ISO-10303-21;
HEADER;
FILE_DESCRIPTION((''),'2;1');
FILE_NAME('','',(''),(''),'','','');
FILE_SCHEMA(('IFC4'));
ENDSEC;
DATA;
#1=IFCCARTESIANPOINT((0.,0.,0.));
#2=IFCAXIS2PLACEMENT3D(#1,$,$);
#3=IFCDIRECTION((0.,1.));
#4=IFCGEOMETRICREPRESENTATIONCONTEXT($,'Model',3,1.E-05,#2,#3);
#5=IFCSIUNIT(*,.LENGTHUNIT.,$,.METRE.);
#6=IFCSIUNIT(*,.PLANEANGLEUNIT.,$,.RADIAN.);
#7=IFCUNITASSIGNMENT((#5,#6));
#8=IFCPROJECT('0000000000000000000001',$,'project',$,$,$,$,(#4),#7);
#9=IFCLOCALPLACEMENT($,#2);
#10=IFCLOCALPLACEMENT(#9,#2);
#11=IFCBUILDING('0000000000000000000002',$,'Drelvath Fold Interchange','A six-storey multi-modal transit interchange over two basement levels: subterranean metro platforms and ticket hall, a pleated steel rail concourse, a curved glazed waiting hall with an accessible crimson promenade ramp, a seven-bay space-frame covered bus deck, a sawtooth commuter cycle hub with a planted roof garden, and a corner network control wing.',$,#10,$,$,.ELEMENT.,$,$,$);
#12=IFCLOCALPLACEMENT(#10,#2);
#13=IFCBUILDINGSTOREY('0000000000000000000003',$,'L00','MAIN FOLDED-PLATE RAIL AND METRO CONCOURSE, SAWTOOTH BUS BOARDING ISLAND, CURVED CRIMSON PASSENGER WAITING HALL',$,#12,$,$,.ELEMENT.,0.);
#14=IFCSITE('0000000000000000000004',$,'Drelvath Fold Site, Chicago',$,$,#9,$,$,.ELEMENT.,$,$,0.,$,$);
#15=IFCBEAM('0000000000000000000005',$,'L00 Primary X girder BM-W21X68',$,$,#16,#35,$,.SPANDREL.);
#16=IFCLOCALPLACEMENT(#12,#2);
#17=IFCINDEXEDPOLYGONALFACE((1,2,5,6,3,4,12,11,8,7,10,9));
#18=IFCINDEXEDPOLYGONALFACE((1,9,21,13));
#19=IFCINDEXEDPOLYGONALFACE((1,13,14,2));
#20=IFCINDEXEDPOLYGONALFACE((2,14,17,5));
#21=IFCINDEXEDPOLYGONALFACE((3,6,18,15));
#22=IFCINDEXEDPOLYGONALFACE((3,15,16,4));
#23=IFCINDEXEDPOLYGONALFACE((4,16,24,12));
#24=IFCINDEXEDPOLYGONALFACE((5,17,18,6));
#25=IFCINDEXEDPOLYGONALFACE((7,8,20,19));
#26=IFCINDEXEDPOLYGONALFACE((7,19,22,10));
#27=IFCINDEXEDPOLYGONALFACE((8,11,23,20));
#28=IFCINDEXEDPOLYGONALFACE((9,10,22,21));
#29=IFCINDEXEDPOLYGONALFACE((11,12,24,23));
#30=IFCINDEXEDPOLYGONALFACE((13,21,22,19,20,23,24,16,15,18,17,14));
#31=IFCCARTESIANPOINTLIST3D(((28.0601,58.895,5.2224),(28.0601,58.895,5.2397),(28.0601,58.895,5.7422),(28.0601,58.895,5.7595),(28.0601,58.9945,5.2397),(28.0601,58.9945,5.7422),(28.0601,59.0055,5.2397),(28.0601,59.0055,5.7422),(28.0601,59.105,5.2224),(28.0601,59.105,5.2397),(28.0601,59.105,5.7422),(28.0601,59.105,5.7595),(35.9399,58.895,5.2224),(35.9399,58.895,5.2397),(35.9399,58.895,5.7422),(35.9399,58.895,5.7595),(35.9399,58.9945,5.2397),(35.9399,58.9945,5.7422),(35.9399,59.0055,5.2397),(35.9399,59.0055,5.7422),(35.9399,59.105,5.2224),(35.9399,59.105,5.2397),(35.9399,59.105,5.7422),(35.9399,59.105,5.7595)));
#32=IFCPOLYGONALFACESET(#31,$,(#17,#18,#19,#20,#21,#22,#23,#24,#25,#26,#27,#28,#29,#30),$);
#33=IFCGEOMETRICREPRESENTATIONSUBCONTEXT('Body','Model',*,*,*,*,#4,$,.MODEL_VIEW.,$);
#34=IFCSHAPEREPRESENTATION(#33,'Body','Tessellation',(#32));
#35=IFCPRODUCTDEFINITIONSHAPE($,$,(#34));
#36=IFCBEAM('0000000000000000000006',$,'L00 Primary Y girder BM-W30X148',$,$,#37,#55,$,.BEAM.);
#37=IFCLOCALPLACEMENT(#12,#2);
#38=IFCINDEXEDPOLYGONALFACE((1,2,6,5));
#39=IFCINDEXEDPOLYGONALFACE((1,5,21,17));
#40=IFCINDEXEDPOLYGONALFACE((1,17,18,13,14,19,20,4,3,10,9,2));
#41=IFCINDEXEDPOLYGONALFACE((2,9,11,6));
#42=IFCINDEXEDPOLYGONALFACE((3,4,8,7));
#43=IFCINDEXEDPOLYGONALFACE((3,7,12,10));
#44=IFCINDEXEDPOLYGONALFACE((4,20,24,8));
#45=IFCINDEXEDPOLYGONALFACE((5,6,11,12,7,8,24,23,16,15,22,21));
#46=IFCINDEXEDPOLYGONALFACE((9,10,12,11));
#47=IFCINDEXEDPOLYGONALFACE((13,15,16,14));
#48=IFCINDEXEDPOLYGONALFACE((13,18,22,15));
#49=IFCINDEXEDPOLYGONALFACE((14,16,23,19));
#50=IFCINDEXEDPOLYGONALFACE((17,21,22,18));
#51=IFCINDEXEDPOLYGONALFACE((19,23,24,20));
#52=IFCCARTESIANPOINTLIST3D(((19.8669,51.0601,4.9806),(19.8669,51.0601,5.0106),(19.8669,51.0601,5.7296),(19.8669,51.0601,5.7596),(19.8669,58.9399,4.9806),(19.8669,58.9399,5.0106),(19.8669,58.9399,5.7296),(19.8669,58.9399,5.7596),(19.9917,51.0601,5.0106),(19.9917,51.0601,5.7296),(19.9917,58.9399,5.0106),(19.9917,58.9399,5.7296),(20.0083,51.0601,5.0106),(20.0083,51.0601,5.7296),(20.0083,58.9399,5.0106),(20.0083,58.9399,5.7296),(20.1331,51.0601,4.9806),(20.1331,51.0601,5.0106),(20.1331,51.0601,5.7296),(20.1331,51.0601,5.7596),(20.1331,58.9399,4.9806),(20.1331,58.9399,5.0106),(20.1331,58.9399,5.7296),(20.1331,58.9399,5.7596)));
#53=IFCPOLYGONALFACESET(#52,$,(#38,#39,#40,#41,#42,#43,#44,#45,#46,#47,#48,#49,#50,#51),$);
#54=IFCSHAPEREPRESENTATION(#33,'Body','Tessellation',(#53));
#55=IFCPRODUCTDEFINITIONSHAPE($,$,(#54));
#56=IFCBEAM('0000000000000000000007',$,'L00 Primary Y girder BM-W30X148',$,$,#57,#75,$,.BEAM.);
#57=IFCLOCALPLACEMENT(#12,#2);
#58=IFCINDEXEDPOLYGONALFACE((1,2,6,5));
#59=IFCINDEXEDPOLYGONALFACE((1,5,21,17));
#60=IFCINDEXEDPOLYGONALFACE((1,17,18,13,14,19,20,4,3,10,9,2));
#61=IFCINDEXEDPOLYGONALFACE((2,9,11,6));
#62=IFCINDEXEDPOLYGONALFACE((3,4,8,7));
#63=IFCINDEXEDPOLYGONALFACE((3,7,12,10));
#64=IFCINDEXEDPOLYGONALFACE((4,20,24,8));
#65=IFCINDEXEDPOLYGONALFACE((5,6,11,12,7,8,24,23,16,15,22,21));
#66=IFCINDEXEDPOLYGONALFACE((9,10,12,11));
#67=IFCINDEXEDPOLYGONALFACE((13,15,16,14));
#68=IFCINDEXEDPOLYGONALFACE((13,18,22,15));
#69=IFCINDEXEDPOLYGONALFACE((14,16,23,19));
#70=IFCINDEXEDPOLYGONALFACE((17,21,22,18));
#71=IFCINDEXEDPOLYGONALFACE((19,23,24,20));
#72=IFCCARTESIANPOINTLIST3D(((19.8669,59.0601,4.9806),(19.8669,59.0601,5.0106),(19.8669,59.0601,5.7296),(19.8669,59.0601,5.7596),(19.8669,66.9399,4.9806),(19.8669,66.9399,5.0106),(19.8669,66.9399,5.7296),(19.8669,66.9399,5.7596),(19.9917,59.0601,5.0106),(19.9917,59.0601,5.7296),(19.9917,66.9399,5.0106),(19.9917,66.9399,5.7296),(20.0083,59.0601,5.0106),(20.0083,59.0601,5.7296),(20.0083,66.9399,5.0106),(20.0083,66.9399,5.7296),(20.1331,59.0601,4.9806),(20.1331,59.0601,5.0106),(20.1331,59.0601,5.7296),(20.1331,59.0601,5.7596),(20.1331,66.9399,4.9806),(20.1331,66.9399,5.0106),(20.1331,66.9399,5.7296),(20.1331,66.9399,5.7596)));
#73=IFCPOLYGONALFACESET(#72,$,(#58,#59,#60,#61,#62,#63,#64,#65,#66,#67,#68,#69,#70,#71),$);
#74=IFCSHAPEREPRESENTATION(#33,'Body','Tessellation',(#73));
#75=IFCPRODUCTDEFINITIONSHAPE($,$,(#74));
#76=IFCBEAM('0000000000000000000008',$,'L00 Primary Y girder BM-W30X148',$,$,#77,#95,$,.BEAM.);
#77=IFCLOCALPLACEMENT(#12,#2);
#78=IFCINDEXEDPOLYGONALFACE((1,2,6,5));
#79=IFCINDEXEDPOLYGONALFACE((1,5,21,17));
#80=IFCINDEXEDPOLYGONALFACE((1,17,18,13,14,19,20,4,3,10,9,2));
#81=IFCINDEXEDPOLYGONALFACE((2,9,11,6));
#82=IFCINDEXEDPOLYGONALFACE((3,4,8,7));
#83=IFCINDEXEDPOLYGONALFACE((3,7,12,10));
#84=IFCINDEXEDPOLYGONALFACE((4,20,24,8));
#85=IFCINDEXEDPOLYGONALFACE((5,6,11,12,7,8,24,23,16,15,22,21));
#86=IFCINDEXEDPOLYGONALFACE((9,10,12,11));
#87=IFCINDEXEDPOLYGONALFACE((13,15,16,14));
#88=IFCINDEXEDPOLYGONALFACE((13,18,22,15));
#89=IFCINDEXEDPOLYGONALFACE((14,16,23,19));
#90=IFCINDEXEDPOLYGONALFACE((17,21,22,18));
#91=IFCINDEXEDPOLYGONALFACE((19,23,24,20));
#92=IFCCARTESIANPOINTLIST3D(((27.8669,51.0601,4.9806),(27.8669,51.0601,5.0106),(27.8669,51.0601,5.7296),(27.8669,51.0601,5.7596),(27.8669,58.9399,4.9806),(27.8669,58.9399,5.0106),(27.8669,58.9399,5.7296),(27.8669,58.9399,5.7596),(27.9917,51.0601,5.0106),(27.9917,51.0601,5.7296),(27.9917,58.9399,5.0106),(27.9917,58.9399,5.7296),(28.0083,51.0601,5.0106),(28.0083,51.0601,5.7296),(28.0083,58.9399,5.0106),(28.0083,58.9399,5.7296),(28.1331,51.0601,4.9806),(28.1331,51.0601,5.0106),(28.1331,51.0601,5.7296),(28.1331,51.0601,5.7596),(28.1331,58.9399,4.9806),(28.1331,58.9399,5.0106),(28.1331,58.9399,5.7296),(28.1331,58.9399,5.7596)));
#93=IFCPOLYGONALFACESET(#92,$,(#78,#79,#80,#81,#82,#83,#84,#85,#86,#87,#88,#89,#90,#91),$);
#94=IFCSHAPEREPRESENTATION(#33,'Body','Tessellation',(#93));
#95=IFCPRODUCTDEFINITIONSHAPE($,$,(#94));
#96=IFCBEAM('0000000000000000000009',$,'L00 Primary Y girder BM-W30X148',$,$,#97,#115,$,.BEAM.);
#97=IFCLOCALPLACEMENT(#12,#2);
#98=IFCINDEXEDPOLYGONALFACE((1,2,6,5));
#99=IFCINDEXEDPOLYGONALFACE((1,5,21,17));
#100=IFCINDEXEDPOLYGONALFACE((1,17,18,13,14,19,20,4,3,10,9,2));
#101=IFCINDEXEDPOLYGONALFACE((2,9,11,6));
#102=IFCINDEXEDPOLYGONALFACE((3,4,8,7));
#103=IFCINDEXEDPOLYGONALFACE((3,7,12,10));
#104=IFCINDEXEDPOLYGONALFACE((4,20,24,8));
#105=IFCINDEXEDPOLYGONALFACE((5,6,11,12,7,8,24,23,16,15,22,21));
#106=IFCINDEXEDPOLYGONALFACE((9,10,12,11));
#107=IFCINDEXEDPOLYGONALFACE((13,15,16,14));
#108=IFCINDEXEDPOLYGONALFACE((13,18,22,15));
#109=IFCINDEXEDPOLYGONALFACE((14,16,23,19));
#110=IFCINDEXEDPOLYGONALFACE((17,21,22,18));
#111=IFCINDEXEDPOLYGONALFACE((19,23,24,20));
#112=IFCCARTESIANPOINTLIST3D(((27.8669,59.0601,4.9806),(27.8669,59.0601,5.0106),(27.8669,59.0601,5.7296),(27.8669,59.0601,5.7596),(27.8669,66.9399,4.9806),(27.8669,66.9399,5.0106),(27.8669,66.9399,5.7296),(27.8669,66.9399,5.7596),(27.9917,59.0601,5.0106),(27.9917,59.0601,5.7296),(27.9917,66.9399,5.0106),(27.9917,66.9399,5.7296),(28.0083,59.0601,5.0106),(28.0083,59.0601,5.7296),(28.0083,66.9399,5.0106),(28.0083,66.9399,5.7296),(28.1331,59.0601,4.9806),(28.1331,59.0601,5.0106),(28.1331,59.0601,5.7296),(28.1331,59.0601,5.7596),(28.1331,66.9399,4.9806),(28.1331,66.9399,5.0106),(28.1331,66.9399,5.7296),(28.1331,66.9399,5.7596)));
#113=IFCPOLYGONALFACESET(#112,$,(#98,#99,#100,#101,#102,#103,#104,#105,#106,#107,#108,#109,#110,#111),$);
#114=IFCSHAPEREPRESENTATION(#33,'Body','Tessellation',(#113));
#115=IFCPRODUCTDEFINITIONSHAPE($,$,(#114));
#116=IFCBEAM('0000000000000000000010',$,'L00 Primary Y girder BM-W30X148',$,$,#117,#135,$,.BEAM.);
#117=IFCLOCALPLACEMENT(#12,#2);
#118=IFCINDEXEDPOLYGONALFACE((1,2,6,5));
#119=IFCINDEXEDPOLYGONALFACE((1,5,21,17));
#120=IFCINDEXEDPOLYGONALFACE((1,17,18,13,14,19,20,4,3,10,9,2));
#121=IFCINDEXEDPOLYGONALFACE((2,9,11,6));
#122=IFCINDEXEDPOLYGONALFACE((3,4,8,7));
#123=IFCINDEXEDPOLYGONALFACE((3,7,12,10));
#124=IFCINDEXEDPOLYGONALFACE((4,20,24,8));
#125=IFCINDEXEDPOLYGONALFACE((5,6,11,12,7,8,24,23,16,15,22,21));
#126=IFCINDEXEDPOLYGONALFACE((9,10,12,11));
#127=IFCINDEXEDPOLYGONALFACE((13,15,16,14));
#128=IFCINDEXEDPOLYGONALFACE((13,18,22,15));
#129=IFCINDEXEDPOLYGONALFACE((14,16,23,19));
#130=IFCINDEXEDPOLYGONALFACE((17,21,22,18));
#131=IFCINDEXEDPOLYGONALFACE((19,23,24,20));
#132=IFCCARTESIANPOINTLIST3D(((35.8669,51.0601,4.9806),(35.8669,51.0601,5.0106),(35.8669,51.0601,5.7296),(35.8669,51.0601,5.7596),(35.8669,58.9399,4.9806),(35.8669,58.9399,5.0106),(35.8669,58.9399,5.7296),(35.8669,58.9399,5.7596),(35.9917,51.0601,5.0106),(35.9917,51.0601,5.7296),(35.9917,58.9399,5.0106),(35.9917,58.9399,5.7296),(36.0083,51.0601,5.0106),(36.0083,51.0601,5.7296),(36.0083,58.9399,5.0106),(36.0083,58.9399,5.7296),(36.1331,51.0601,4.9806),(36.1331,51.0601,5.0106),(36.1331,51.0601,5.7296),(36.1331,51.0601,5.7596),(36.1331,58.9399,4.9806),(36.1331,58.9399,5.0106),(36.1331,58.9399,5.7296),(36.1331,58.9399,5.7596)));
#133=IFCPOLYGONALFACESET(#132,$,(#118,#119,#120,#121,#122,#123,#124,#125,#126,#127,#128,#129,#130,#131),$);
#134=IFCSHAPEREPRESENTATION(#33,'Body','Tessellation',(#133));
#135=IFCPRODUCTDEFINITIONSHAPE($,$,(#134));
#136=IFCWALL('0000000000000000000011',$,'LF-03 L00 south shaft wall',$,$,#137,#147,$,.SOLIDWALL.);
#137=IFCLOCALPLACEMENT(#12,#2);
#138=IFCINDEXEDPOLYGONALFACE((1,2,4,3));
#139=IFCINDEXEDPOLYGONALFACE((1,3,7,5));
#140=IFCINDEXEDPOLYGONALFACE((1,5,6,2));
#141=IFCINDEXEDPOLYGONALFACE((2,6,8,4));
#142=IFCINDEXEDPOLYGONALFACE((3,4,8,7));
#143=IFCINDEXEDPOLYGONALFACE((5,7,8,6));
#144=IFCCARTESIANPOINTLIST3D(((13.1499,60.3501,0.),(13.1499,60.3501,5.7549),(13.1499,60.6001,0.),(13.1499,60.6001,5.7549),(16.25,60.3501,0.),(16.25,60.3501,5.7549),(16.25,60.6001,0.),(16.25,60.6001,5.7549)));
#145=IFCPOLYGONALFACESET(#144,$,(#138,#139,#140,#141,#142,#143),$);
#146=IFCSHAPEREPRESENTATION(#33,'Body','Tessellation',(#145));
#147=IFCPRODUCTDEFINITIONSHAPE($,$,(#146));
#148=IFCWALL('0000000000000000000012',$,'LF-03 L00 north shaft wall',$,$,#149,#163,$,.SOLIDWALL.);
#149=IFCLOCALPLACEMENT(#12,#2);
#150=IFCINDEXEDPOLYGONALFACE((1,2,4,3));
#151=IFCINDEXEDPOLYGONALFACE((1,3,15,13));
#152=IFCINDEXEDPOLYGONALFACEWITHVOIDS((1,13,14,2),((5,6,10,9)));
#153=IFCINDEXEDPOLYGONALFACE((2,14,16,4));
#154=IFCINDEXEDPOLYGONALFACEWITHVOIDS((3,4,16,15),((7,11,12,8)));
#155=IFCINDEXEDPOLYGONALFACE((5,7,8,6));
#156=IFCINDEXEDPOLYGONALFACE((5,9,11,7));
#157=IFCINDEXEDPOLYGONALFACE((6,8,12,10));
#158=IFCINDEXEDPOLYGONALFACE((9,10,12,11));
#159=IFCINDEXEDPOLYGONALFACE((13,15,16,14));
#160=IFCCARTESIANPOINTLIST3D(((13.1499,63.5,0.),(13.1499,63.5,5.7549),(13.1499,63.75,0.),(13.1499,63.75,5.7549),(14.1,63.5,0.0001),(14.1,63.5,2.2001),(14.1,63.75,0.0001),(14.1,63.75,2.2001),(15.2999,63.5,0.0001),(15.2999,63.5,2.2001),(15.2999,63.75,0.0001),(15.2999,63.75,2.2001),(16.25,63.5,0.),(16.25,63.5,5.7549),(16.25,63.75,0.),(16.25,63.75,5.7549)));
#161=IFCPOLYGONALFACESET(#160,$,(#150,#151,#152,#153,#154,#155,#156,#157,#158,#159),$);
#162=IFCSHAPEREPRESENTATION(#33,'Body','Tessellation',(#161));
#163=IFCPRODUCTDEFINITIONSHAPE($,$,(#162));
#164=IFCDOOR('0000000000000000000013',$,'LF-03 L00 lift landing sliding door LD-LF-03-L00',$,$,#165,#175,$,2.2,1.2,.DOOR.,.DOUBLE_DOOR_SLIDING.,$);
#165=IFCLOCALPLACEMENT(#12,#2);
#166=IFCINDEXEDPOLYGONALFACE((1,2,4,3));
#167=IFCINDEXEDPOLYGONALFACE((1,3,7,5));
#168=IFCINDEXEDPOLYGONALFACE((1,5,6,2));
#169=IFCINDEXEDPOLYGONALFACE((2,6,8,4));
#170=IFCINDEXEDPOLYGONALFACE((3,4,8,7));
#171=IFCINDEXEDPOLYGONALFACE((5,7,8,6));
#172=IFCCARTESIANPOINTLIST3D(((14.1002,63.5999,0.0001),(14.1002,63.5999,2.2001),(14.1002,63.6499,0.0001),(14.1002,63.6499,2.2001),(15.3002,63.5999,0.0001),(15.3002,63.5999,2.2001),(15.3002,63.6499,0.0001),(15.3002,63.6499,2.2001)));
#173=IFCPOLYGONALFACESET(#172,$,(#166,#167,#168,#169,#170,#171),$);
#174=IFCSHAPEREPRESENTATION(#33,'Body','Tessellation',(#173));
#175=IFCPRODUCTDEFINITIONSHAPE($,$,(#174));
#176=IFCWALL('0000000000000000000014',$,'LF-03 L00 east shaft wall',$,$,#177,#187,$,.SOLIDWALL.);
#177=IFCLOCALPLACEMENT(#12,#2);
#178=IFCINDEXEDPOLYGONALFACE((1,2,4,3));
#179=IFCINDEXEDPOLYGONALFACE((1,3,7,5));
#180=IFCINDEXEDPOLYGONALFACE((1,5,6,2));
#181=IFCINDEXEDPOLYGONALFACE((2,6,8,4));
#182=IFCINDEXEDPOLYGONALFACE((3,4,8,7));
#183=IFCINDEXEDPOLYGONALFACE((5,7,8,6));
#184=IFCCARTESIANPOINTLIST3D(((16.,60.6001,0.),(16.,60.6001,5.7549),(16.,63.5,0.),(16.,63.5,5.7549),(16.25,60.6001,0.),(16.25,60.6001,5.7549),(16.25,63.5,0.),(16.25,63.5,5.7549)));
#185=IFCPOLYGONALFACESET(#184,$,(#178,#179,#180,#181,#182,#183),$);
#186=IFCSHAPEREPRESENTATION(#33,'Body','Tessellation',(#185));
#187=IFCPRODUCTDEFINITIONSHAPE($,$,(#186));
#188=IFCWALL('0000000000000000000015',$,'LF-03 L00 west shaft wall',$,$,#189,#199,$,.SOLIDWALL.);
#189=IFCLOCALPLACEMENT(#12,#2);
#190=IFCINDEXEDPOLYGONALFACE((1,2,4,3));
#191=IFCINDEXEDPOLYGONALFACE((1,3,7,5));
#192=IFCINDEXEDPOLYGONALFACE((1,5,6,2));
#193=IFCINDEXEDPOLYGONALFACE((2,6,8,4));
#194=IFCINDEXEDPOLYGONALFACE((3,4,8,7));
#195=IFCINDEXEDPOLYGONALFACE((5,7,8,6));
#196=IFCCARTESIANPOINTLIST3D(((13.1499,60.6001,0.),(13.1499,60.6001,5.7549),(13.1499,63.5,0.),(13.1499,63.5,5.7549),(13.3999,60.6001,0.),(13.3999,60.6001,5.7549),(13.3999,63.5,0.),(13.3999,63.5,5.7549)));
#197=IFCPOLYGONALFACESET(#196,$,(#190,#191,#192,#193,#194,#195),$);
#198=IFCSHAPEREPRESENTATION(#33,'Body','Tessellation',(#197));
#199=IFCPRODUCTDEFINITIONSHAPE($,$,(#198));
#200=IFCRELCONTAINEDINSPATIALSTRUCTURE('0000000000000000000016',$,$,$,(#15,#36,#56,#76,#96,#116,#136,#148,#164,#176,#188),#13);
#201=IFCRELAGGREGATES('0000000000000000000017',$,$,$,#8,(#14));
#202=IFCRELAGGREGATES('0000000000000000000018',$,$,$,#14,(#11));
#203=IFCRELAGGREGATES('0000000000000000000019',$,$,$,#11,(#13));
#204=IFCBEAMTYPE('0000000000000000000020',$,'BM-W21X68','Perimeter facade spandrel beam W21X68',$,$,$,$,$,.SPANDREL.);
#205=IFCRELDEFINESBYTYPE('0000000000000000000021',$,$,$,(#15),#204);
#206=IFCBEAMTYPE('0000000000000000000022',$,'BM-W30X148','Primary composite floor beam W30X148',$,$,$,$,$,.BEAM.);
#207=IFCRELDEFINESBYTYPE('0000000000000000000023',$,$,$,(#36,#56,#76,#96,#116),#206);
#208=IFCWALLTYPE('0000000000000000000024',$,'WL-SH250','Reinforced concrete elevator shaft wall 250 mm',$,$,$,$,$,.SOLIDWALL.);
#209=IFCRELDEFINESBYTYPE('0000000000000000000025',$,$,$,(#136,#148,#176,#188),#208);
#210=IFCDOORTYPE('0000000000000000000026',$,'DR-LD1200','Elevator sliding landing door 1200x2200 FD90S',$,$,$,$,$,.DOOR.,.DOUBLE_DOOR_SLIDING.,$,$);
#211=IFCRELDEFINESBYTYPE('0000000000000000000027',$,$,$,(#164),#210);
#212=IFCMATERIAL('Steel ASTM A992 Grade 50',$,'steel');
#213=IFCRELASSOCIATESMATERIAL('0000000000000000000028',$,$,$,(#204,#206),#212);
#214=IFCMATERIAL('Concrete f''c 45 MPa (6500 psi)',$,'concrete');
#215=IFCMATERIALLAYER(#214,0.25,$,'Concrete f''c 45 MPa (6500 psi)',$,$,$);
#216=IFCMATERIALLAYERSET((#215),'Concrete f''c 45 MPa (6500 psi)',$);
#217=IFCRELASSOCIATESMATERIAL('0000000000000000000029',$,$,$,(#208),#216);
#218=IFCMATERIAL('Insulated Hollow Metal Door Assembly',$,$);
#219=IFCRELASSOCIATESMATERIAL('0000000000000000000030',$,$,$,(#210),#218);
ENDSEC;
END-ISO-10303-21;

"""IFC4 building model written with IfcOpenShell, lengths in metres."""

from ifc_helpers import new_model, si_unit, direction, frame, frame_2d, origin, origin_2d, place, context, subcontext, project, spatial, rectangle, i_section, extrude, material, layer, layer_set, material_profile, profile_set, type_object, element, fill, save


model = new_model("IFC4")

# Units and contexts
model_context = context("Model", 3, precision=1e-05, world=origin(), true_north=direction((0.0, 1.0)))
body_context = subcontext(model_context, "Body", "Model", "MODEL_VIEW")
ifc_project = project(units=[si_unit("LENGTHUNIT", "METRE"), si_unit("PLANEANGLEUNIT", "RADIAN")], contexts=[model_context])

# Site, building, storey
site_placement = place(None, origin())
site = spatial("IfcSite", under=ifc_project, at=site_placement, Name="Drelvath Fold Site, Chicago", CompositionType="ELEMENT", RefElevation=0.0)
building_placement = place(site_placement, origin())
building = spatial("IfcBuilding", under=site, at=building_placement, Name="Drelvath Fold Interchange", Description="A six-storey multi-modal transit interchange over two basement levels: subterranean metro platforms and ticket hall, a pleated steel rail concourse, a curved glazed waiting hall with an accessible crimson promenade ramp, a seven-bay space-frame covered bus deck, a sawtooth commuter cycle hub with a planted roof garden, and a corner network control wing.", CompositionType="ELEMENT")
storey_placement = place(building_placement, origin())
storey = spatial("IfcBuildingStorey", under=building, at=storey_placement, Name="L00", Description="MAIN FOLDED-PLATE RAIL AND METRO CONCOURSE, SAWTOOTH BUS BOARDING ISLAND, CURVED CRIMSON PASSENGER WAITING HALL", CompositionType="ELEMENT", Elevation=0.0)

# Shared definitions
ifc_material_1 = material(Name="Steel ASTM A992 Grade 50", Category="steel")

# Beams
ifc_material_profile_1 = material_profile(ifc_material_1, i_section(OverallWidth=0.21, OverallDepth=0.5371, WebThickness=0.011, FlangeThickness=0.0173, at=origin_2d()), Name="W21X68")
ifc_profile_set_1 = profile_set([ifc_material_profile_1], Name="Steel ASTM A992 Grade 50")
beam_type_1 = type_object("IfcBeamType", Name="BM-W21X68", Description="Perimeter facade spandrel beam W21X68", PredefinedType="SPANDREL", material=ifc_profile_set_1)
for number, where, z_axis, x_axis, name in (
    (1, (28.0601, 59.0, 5.491), (1.0, 0.0, 0.0), (0.0, 1.0, 0.0), "L00 Primary X girder BM-W21X68"),
):
    element("IfcBeam", number, at=place(storey_placement, frame(where, z_axis=z_axis, x_axis=x_axis)), inside=storey, type_object=beam_type_1, Name=name, PredefinedType="SPANDREL", context=body_context, shape_type="SweptSolid", body=[
        extrude(i_section(OverallWidth=0.21, OverallDepth=0.5371, WebThickness=0.011, FlangeThickness=0.0173, at=origin_2d()), origin(), (0.0, 0.0, 1.0), 7.8799),
    ])
ifc_material_profile_2 = material_profile(ifc_material_1, i_section(OverallWidth=0.2661, OverallDepth=0.7791, WebThickness=0.0166, FlangeThickness=0.03, at=origin_2d()), Name="W30X148")
ifc_profile_set_2 = profile_set([ifc_material_profile_2], Name="Steel ASTM A992 Grade 50")
beam_type_2 = type_object("IfcBeamType", Name="BM-W30X148", Description="Primary composite floor beam W30X148", PredefinedType="BEAM", material=ifc_profile_set_2)
for number, where, z_axis, x_axis, name in (
    (2, (20.0, 51.0601, 5.3701), (0.0, 1.0, 0.0), (-1.0, 0.0, 0.0), "L00 Primary Y girder BM-W30X148"),
    (3, (20.0, 59.0601, 5.3701), (0.0, 1.0, 0.0), (-1.0, 0.0, 0.0), "L00 Primary Y girder BM-W30X148"),
    (4, (28.0, 51.0601, 5.3701), (0.0, 1.0, 0.0), (-1.0, 0.0, 0.0), "L00 Primary Y girder BM-W30X148"),
    (5, (28.0, 59.0601, 5.3701), (0.0, 1.0, 0.0), (-1.0, 0.0, 0.0), "L00 Primary Y girder BM-W30X148"),
    (6, (36.0, 51.0601, 5.3701), (0.0, 1.0, 0.0), (-1.0, 0.0, 0.0), "L00 Primary Y girder BM-W30X148"),
):
    element("IfcBeam", number, at=place(storey_placement, frame(where, z_axis=z_axis, x_axis=x_axis)), inside=storey, type_object=beam_type_2, Name=name, PredefinedType="BEAM", context=body_context, shape_type="SweptSolid", body=[
        extrude(i_section(OverallWidth=0.2661, OverallDepth=0.7791, WebThickness=0.0166, FlangeThickness=0.03, at=origin_2d()), origin(), (0.0, 0.0, 1.0), 7.8799),
    ])

# Wall
ifc_material_2 = material(Name="Concrete f'c 45 MPa (6500 psi)", Category="concrete")
ifc_layer = layer(ifc_material_2, 0.25, Name="Concrete f'c 45 MPa (6500 psi)")
ifc_layer_set = layer_set([ifc_layer], Name="Concrete f'c 45 MPa (6500 psi)")
wall_type = type_object("IfcWallType", Name="WL-SH250", Description="Reinforced concrete elevator shaft wall 250 mm", PredefinedType="SOLIDWALL", material=ifc_layer_set)
wall_1_placement = place(storey_placement, frame((13.1499, 60.4751, 0.0), z_axis=(0.0, 0.0, 1.0), x_axis=(1.0, 0.0, 0.0)))
element("IfcWall", 7, at=wall_1_placement, inside=storey, type_object=wall_type, Name="LF-03 L00 south shaft wall", PredefinedType="SOLIDWALL", context=body_context, shape_type="SweptSolid", body=[
    extrude(rectangle(XDim=3.1001, YDim=0.25, at=frame_2d((1.55, 0.0))), origin(), (0.0, 0.0, 1.0), 5.7549),
])

# Wall, opening, door
wall_2_placement = place(storey_placement, frame((16.25, 63.625, 0.0), z_axis=(0.0, 0.0, 1.0), x_axis=(-1.0, 0.0, 0.0)))
wall_2 = element("IfcWall", 8, at=wall_2_placement, inside=storey, type_object=wall_type, Name="LF-03 L00 north shaft wall", PredefinedType="SOLIDWALL", context=body_context, shape_type="SweptSolid", body=[
    extrude(rectangle(XDim=3.1001, YDim=0.25, at=frame_2d((1.55, 0.0))), origin(), (0.0, 0.0, 1.0), 5.7549),
])
opening_1_placement = place(wall_2_placement, frame((0.95, 0.0, 0.0)))
opening_1 = element("IfcOpeningElement", 9, at=opening_1_placement, cuts=wall_2, PredefinedType="OPENING", context=body_context, shape_type="SweptSolid", body=[
    extrude(rectangle(XDim=1.2, YDim=2.2, at=frame_2d((0.6001, 1.1001))), frame((0.0, 0.135, 0.0), z_axis=(0.0, -1.0, 0.0), x_axis=(1.0, 0.0, 0.0)), (0.0, 0.0, 1.0), 0.27),
])
ifc_material_3 = material(Name="Insulated Hollow Metal Door Assembly")
door_type = type_object("IfcDoorType", Name="DR-LD1200", Description="Elevator sliding landing door 1200x2200 FD90S", OperationType="DOUBLE_DOOR_SLIDING", PredefinedType="DOOR", material=ifc_material_3)
door_1_placement = place(opening_1_placement, frame((1.2, 0.0, 0.0), z_axis=(0.0, 0.0, 1.0), x_axis=(-1.0, 0.0, 0.0)))
door_1 = element("IfcDoor", 10, at=door_1_placement, inside=storey, type_object=door_type, Name="LF-03 L00 lift landing sliding door LD-LF-03-L00", OperationType="DOUBLE_DOOR_SLIDING", OverallHeight=2.2, OverallWidth=1.2, PredefinedType="DOOR", context=body_context, shape_type="SweptSolid", body=[
    extrude(rectangle(XDim=1.2, YDim=2.2, at=frame_2d((0.6001, 1.1001))), frame((0.0, 0.0249, 0.0), z_axis=(0.0, -1.0, 0.0), x_axis=(1.0, 0.0, 0.0)), (0.0, 0.0, 1.0), 0.05),
])
fill(opening_1, door_1)

# Walls
for number, where, z_axis, x_axis, name in (
    (11, (16.125, 60.6001, 0.0), (0.0, 0.0, 1.0), (0.0, 1.0, 0.0), "LF-03 L00 east shaft wall"),
    (12, (13.2749, 63.5, 0.0), (0.0, 0.0, 1.0), (0.0, -1.0, 0.0), "LF-03 L00 west shaft wall"),
):
    element("IfcWall", number, at=place(storey_placement, frame(where, z_axis=z_axis, x_axis=x_axis)), inside=storey, type_object=wall_type, Name=name, PredefinedType="SOLIDWALL", context=body_context, shape_type="SweptSolid", body=[
        extrude(rectangle(XDim=2.8999, YDim=0.25, at=frame_2d((1.45, 0.0))), origin(), (0.0, 0.0, 1.0), 5.7549),
    ])

save(model, "model.ifc")
